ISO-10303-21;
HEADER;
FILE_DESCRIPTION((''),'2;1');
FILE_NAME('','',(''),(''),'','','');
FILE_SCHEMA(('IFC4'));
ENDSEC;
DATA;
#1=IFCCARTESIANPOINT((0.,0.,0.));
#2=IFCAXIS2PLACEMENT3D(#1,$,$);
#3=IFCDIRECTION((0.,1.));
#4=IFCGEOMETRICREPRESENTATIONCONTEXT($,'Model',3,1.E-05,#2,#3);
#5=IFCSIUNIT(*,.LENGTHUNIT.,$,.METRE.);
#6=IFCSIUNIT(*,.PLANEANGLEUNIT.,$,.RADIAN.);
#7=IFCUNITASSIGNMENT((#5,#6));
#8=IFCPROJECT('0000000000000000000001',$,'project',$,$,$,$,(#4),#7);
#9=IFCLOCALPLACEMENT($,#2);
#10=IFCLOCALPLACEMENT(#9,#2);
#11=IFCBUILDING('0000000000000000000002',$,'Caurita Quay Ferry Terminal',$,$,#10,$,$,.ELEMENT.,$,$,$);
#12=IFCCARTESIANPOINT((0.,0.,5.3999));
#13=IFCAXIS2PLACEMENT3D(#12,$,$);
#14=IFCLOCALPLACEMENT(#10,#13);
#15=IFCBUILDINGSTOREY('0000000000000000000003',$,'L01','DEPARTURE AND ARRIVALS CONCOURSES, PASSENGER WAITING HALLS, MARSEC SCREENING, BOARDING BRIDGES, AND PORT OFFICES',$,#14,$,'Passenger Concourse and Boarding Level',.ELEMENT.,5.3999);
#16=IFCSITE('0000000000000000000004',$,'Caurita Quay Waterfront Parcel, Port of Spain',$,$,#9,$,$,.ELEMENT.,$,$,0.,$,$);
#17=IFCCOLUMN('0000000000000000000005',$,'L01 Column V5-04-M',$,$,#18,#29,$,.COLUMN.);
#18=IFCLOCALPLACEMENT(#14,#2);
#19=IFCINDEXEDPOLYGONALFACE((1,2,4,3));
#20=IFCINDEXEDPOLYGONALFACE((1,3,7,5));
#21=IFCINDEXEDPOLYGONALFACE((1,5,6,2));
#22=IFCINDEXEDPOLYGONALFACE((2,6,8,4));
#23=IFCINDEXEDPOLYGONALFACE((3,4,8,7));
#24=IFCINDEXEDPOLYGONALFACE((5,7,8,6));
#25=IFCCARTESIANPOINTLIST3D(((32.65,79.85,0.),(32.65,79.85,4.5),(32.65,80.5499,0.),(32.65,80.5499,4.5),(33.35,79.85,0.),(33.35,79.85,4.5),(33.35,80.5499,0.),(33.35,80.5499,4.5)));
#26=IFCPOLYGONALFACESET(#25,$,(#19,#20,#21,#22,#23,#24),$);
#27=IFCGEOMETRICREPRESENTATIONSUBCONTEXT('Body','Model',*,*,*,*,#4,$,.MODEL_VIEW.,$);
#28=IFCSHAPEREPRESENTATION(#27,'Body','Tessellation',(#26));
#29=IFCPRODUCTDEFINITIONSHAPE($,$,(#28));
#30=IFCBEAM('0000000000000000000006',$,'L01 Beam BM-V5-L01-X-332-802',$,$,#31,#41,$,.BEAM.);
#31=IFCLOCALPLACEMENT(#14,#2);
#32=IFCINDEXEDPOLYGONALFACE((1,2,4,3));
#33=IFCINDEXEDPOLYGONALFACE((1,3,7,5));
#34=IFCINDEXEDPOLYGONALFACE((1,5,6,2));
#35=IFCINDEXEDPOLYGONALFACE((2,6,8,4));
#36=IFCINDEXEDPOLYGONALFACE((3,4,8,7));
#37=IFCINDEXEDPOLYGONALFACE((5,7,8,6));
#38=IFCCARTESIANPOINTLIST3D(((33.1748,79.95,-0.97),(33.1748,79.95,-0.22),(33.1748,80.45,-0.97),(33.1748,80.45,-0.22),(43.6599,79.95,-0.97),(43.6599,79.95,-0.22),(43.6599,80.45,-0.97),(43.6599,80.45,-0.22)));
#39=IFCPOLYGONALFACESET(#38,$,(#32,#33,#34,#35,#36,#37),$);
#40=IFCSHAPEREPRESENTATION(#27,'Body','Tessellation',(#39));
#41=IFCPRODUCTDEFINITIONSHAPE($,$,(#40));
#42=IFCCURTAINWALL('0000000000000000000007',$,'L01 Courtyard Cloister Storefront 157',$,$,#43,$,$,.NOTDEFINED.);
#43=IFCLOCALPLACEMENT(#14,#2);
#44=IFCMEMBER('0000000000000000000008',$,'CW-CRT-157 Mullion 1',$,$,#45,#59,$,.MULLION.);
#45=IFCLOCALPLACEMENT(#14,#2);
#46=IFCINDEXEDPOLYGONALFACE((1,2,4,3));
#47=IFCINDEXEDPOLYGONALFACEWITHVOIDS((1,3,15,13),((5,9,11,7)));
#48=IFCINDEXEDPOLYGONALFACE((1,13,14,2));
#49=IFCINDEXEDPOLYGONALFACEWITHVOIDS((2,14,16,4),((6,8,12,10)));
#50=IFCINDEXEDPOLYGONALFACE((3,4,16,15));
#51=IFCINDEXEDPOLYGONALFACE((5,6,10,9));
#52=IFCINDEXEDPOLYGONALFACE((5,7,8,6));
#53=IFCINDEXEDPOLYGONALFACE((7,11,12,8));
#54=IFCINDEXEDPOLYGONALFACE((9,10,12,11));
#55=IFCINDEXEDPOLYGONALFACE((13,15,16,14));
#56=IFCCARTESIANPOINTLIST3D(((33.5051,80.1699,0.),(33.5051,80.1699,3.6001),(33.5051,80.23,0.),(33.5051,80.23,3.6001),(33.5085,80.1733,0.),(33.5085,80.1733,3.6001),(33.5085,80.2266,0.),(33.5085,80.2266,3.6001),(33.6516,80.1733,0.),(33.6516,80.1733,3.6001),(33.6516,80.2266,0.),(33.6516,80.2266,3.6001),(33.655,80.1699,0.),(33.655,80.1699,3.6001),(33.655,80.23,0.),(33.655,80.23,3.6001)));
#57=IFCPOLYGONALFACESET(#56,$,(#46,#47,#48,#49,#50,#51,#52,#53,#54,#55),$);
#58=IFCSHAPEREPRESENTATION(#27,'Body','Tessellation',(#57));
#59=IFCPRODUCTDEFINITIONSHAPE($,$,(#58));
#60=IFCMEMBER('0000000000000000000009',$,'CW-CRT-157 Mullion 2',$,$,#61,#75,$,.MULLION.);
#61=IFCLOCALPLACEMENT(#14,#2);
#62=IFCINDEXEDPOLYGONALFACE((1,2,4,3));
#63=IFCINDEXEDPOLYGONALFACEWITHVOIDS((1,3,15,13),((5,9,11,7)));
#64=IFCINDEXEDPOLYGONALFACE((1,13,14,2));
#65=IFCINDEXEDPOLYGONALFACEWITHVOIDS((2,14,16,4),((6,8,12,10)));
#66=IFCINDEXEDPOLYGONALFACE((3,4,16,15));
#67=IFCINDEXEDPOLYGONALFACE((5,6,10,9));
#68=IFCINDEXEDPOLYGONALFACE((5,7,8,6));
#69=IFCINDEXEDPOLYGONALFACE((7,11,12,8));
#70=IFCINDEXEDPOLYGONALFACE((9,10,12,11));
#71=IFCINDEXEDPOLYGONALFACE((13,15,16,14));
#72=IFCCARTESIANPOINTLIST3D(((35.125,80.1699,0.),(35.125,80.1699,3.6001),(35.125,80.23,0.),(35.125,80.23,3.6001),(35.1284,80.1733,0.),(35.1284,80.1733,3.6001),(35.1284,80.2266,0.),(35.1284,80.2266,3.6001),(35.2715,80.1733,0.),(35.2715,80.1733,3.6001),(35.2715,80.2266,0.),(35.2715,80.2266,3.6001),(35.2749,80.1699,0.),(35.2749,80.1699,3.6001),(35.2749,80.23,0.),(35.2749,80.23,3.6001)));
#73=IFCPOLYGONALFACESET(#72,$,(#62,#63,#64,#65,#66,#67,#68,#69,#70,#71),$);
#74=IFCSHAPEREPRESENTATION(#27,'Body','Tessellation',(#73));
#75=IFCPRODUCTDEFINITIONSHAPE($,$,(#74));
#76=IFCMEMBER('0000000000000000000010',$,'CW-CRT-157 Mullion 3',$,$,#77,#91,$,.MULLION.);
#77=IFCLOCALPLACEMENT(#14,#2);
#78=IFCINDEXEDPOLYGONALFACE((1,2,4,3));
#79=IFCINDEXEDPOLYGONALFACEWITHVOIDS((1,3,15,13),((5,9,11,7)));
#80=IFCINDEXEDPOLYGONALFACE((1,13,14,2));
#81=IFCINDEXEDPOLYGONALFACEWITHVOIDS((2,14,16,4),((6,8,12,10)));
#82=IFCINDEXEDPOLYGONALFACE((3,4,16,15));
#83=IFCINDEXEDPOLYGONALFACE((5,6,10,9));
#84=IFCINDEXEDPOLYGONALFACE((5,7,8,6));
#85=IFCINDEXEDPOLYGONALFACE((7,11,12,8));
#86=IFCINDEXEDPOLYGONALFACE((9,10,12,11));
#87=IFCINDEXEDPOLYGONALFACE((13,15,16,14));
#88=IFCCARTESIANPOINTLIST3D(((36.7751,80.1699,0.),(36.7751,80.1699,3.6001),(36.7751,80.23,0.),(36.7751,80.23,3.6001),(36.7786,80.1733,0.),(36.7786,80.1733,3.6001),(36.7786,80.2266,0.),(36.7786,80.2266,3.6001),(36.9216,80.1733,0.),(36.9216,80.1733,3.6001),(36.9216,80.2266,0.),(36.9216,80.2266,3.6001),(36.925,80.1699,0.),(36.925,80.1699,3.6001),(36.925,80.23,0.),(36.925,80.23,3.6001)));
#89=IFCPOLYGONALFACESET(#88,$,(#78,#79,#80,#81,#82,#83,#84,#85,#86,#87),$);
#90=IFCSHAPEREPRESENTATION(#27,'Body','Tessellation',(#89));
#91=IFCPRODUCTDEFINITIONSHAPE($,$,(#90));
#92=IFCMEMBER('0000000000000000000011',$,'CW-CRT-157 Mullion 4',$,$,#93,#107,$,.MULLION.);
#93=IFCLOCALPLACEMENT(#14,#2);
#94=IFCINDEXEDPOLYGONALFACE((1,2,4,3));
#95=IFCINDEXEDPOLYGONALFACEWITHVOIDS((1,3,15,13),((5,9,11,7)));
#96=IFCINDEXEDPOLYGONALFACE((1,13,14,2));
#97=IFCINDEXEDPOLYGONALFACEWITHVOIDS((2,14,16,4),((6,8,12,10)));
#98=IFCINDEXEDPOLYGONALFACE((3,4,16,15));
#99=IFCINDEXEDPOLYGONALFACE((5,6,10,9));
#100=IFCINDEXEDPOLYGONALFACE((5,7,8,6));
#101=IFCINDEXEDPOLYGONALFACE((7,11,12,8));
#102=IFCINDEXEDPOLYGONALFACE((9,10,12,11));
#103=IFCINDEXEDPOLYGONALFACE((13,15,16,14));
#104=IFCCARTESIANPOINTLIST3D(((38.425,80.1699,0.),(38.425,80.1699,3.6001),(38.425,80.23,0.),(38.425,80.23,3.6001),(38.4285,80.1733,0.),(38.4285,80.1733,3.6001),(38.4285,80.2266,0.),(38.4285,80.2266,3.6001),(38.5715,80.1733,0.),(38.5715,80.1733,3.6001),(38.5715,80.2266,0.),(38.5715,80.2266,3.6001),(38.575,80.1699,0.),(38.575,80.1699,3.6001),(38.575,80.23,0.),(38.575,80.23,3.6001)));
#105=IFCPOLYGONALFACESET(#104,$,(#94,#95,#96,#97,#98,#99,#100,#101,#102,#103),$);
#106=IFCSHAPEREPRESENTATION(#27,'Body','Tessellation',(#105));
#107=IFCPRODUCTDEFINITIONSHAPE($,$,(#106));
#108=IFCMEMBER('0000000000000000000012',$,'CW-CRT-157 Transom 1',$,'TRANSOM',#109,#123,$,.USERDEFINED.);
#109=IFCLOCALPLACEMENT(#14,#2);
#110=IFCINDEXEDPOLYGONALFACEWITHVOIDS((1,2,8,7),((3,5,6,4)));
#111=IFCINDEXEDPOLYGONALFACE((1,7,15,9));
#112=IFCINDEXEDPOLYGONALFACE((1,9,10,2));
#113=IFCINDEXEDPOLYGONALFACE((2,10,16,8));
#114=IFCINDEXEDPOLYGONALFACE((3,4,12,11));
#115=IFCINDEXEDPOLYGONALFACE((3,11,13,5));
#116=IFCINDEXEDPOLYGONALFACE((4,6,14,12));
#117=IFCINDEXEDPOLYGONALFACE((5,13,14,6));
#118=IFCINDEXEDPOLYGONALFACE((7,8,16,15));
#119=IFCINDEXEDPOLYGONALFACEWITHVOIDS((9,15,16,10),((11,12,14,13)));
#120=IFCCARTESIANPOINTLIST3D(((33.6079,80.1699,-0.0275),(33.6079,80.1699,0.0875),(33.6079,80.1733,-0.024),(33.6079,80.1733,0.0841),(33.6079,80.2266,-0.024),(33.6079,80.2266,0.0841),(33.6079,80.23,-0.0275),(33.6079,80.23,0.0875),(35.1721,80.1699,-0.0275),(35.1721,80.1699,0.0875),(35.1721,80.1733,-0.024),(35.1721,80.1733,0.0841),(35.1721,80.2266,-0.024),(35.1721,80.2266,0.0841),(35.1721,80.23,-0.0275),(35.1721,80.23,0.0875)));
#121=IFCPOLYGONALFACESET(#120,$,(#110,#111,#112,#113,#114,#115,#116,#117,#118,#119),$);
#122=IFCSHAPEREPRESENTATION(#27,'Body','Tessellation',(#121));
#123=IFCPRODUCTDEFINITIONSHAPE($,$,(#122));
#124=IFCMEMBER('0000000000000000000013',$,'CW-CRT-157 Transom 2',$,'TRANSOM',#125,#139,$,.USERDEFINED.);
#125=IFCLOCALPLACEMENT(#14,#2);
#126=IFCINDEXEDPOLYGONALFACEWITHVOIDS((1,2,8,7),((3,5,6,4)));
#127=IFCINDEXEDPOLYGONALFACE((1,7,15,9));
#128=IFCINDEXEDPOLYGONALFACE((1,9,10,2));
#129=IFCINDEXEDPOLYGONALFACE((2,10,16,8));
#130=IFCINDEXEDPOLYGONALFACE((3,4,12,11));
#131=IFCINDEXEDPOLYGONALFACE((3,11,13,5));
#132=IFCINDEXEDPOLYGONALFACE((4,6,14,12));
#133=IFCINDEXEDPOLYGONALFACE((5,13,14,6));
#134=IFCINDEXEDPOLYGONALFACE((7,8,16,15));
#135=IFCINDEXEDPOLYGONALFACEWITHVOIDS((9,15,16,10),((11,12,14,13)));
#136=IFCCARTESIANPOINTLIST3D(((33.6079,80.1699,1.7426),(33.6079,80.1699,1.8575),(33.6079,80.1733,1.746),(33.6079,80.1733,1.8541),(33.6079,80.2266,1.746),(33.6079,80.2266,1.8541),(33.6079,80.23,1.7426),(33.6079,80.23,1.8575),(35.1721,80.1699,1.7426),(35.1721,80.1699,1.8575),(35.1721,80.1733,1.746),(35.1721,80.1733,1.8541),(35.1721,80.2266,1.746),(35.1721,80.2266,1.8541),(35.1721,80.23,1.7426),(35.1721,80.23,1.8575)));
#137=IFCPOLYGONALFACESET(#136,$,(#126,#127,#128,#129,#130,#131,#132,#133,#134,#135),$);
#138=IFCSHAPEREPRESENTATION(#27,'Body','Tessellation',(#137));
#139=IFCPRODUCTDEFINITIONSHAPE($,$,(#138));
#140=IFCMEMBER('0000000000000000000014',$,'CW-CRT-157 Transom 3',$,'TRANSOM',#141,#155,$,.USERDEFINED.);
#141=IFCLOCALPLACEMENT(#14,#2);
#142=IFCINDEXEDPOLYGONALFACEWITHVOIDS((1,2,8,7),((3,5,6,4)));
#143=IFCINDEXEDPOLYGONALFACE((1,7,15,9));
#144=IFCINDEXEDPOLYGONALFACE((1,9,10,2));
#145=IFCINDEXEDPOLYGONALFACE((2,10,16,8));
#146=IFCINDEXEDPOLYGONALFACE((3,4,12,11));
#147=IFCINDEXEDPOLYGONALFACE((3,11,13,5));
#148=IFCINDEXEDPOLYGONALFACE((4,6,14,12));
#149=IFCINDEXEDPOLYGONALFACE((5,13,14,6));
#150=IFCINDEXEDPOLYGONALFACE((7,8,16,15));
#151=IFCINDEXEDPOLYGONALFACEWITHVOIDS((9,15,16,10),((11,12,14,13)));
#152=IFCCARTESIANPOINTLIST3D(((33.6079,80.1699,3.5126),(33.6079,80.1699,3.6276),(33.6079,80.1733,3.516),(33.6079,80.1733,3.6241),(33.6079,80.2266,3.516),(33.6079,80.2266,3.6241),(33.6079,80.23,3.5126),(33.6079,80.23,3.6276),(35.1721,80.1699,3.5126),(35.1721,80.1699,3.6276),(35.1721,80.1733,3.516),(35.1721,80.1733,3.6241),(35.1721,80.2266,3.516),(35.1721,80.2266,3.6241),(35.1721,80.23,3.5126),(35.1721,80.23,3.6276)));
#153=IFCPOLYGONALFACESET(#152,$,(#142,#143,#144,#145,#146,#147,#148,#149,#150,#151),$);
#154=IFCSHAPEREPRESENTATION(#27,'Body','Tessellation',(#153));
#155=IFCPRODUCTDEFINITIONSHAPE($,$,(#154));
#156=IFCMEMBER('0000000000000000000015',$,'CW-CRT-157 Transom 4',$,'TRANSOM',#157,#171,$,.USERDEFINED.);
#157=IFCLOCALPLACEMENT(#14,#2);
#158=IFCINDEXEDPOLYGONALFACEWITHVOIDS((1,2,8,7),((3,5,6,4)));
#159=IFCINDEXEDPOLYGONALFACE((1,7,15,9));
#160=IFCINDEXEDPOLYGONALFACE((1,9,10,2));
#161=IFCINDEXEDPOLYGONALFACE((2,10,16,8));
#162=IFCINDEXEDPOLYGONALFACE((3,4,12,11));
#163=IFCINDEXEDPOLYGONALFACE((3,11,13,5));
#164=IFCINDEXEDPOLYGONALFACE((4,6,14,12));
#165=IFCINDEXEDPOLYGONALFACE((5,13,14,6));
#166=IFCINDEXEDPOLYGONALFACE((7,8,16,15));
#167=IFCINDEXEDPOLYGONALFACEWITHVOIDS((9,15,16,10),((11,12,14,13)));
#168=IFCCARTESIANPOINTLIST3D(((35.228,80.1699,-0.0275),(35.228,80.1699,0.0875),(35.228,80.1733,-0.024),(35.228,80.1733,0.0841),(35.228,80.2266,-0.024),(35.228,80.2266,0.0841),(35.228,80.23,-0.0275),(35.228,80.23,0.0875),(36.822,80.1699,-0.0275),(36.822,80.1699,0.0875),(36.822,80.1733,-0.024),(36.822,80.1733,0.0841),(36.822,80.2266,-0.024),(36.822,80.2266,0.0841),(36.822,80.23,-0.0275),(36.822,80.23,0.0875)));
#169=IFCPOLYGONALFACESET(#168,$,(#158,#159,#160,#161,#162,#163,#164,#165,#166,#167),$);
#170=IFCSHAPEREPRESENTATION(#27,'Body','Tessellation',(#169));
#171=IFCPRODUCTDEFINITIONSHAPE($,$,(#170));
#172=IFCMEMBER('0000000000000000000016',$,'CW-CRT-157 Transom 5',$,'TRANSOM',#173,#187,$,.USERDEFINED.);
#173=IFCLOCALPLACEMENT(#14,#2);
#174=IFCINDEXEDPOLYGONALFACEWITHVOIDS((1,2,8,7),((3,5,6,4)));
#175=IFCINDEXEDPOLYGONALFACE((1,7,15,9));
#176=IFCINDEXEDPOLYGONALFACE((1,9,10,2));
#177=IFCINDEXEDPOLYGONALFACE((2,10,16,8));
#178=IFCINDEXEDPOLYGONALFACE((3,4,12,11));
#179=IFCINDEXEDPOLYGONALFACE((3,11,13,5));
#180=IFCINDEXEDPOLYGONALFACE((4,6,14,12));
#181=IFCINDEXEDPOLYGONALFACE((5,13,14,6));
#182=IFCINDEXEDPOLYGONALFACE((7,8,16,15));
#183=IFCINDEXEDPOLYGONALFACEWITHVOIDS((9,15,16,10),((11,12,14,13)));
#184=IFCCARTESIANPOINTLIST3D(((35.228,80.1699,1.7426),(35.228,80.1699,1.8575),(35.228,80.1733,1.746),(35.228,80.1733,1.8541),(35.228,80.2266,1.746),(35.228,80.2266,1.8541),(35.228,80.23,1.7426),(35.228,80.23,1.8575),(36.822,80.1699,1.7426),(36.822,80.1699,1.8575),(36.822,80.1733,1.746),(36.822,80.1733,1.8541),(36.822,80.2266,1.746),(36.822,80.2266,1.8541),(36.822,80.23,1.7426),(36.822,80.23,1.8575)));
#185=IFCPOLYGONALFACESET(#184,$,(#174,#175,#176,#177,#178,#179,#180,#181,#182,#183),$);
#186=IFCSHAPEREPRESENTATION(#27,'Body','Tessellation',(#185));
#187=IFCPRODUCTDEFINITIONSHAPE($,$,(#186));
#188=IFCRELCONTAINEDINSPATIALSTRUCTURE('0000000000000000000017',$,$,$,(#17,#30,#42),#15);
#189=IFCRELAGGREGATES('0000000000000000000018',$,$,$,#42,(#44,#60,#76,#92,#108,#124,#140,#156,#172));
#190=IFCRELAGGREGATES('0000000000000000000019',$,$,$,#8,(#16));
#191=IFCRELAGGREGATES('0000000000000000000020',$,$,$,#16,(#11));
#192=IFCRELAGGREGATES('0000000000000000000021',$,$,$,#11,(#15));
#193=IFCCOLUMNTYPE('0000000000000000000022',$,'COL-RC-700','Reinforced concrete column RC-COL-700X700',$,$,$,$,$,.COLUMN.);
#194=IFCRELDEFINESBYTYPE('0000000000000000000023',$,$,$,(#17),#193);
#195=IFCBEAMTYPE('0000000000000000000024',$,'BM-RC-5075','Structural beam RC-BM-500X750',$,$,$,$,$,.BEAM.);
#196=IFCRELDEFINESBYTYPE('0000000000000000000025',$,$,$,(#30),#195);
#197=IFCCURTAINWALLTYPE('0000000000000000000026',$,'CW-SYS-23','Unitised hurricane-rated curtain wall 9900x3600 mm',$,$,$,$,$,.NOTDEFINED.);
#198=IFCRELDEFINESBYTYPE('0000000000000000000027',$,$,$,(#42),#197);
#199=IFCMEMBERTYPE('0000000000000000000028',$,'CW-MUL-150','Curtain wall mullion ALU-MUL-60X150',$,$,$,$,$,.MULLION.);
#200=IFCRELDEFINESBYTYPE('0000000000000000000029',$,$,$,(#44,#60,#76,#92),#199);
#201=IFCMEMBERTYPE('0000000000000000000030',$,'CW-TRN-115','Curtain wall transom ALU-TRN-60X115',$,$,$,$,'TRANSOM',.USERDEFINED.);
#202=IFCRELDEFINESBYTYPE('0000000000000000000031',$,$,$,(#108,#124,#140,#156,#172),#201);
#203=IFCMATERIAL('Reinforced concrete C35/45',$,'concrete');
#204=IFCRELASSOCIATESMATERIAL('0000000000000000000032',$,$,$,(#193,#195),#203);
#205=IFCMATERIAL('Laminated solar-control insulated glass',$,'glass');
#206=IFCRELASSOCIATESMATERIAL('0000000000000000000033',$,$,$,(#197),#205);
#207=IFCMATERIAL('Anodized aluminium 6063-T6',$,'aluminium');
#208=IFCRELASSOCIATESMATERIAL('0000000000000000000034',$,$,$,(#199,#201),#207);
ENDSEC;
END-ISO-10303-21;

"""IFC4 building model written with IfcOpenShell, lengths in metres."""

from ifc_helpers import new_model, si_unit, direction, frame, origin, origin_2d, place, context, subcontext, project, spatial, rectangle, hollow_rectangle, extrude, material, material_profile, profile_set, type_object, element, aggregate, save


model = new_model("IFC4")

# Units and contexts
model_context = context("Model", 3, precision=1e-05, world=origin(), true_north=direction((0.0, 1.0)))
body_context = subcontext(model_context, "Body", "Model", "MODEL_VIEW")
ifc_project = project(units=[si_unit("LENGTHUNIT", "METRE"), si_unit("PLANEANGLEUNIT", "RADIAN")], contexts=[model_context])

# Site, building, storey
site_placement = place(None, origin())
site = spatial("IfcSite", under=ifc_project, at=site_placement, Name="Caurita Quay Waterfront Parcel, Port of Spain", CompositionType="ELEMENT", RefElevation=0.0)
building_placement = place(site_placement, origin())
building = spatial("IfcBuilding", under=site, at=building_placement, Name="Caurita Quay Ferry Terminal", CompositionType="ELEMENT")
storey_placement = place(building_placement, frame((0.0, 0.0, 5.3999)))
storey = spatial("IfcBuildingStorey", under=building, at=storey_placement, Name="L01", Description="DEPARTURE AND ARRIVALS CONCOURSES, PASSENGER WAITING HALLS, MARSEC SCREENING, BOARDING BRIDGES, AND PORT OFFICES", LongName="Passenger Concourse and Boarding Level", CompositionType="ELEMENT", Elevation=5.3999)

# Column
ifc_material_1 = material(Name="Reinforced concrete C35/45", Category="concrete")
ifc_material_profile_1 = material_profile(ifc_material_1, rectangle(XDim=0.7, YDim=0.7, at=origin_2d()), Name="RC-COL-700X700")
ifc_profile_set_1 = profile_set([ifc_material_profile_1], Name="Reinforced concrete C35/45")
column_type = type_object("IfcColumnType", Name="COL-RC-700", Description="Reinforced concrete column RC-COL-700X700", PredefinedType="COLUMN", material=ifc_profile_set_1)
column_placement = place(storey_placement, frame((33.0, 80.2, 0.0), z_axis=(0.0, 0.0, 1.0), x_axis=(1.0, 0.0, 0.0)))
element("IfcColumn", 1, at=column_placement, inside=storey, type_object=column_type, Name="L01 Column V5-04-M", PredefinedType="COLUMN", context=body_context, shape_type="SweptSolid", body=[
    extrude(rectangle(XDim=0.7, YDim=0.7, at=origin_2d()), origin(), (0.0, 0.0, 1.0), 4.5),
])

# Beam
ifc_material_profile_2 = material_profile(ifc_material_1, rectangle(XDim=0.5, YDim=0.75, at=origin_2d()), Name="RC-BM-500X750")
ifc_profile_set_2 = profile_set([ifc_material_profile_2], Name="Reinforced concrete C35/45")
beam_type = type_object("IfcBeamType", Name="BM-RC-5075", Description="Structural beam RC-BM-500X750", PredefinedType="BEAM", material=ifc_profile_set_2)
beam_placement = place(storey_placement, frame((33.1748, 80.2, -0.595), z_axis=(1.0, 0.0, 0.0), x_axis=(0.0, 1.0, 0.0)))
element("IfcBeam", 2, at=beam_placement, inside=storey, type_object=beam_type, Name="L01 Beam BM-V5-L01-X-332-802", PredefinedType="BEAM", context=body_context, shape_type="SweptSolid", body=[
    extrude(rectangle(XDim=0.5, YDim=0.75, at=origin_2d()), origin(), (0.0, 0.0, 1.0), 10.4851),
])

# Curtain wall, members
ifc_material_2 = material(Name="Laminated solar-control insulated glass", Category="glass")
curtain_wall_type = type_object("IfcCurtainWallType", Name="CW-SYS-23", Description="Unitised hurricane-rated curtain wall 9900x3600 mm", PredefinedType="NOTDEFINED", material=ifc_material_2)
curtain_wall_placement = place(storey_placement, origin())
curtain_wall = element("IfcCurtainWall", 3, at=curtain_wall_placement, inside=storey, type_object=curtain_wall_type, Name="L01 Courtyard Cloister Storefront 157", PredefinedType="NOTDEFINED")
ifc_material_3 = material(Name="Anodized aluminium 6063-T6", Category="aluminium")
ifc_material_profile_3 = material_profile(ifc_material_3, hollow_rectangle(XDim=0.0601, YDim=0.1499, WallThickness=0.0034, at=origin_2d()), Name="ALU-MUL-60X150")
ifc_profile_set_3 = profile_set([ifc_material_profile_3], Name="Anodized aluminium 6063-T6")
member_type_1 = type_object("IfcMemberType", Name="CW-MUL-150", Description="Curtain wall mullion ALU-MUL-60X150", PredefinedType="MULLION", material=ifc_profile_set_3)
member_1_placement = place(storey_placement, frame((33.5801, 80.2, 0.0), z_axis=(0.0, 0.0, 1.0), x_axis=(0.0, 1.0, 0.0)))
member_1 = element("IfcMember", 4, at=member_1_placement, type_object=member_type_1, Name="CW-CRT-157 Mullion 1", PredefinedType="MULLION", context=body_context, shape_type="SweptSolid", body=[
    extrude(hollow_rectangle(XDim=0.0601, YDim=0.1499, WallThickness=0.0034, at=origin_2d()), origin(), (0.0, 0.0, 1.0), 3.6001),
])
member_2_placement = place(storey_placement, frame((35.2, 80.2, 0.0), z_axis=(0.0, 0.0, 1.0), x_axis=(0.0, 1.0, 0.0)))
member_2 = element("IfcMember", 5, at=member_2_placement, type_object=member_type_1, Name="CW-CRT-157 Mullion 2", PredefinedType="MULLION", context=body_context, shape_type="SweptSolid", body=[
    extrude(hollow_rectangle(XDim=0.0601, YDim=0.1499, WallThickness=0.0034, at=origin_2d()), origin(), (0.0, 0.0, 1.0), 3.6001),
])
member_3_placement = place(storey_placement, frame((36.8501, 80.2, 0.0), z_axis=(0.0, 0.0, 1.0), x_axis=(0.0, 1.0, 0.0)))
member_3 = element("IfcMember", 6, at=member_3_placement, type_object=member_type_1, Name="CW-CRT-157 Mullion 3", PredefinedType="MULLION", context=body_context, shape_type="SweptSolid", body=[
    extrude(hollow_rectangle(XDim=0.0601, YDim=0.1499, WallThickness=0.0034, at=origin_2d()), origin(), (0.0, 0.0, 1.0), 3.6001),
])
member_4_placement = place(storey_placement, frame((38.5, 80.2, 0.0), z_axis=(0.0, 0.0, 1.0), x_axis=(0.0, 1.0, 0.0)))
member_4 = element("IfcMember", 7, at=member_4_placement, type_object=member_type_1, Name="CW-CRT-157 Mullion 4", PredefinedType="MULLION", context=body_context, shape_type="SweptSolid", body=[
    extrude(hollow_rectangle(XDim=0.0601, YDim=0.1499, WallThickness=0.0034, at=origin_2d()), origin(), (0.0, 0.0, 1.0), 3.6001),
])
ifc_material_profile_4 = material_profile(ifc_material_3, hollow_rectangle(XDim=0.0601, YDim=0.115, WallThickness=0.0034, at=origin_2d()), Name="ALU-TRN-60X115")
ifc_profile_set_4 = profile_set([ifc_material_profile_4], Name="Anodized aluminium 6063-T6")
member_type_2 = type_object("IfcMemberType", Name="CW-TRN-115", Description="Curtain wall transom ALU-TRN-60X115", ElementType="TRANSOM", PredefinedType="USERDEFINED", material=ifc_profile_set_4)
member_5_placement = place(storey_placement, frame((33.6079, 80.2, 0.03), z_axis=(1.0, 0.0, 0.0), x_axis=(0.0, 1.0, 0.0)))
member_5 = element("IfcMember", 8, at=member_5_placement, type_object=member_type_2, Name="CW-CRT-157 Transom 1", ObjectType="TRANSOM", PredefinedType="USERDEFINED", context=body_context, shape_type="SweptSolid", body=[
    extrude(hollow_rectangle(XDim=0.0601, YDim=0.115, WallThickness=0.0034, at=origin_2d()), origin(), (0.0, 0.0, 1.0), 1.5642),
])
member_6_placement = place(storey_placement, frame((33.6079, 80.2, 1.8), z_axis=(1.0, 0.0, 0.0), x_axis=(0.0, 1.0, 0.0)))
member_6 = element("IfcMember", 9, at=member_6_placement, type_object=member_type_2, Name="CW-CRT-157 Transom 2", ObjectType="TRANSOM", PredefinedType="USERDEFINED", context=body_context, shape_type="SweptSolid", body=[
    extrude(hollow_rectangle(XDim=0.0601, YDim=0.115, WallThickness=0.0034, at=origin_2d()), origin(), (0.0, 0.0, 1.0), 1.5642),
])
member_7_placement = place(storey_placement, frame((33.6079, 80.2, 3.5701), z_axis=(1.0, 0.0, 0.0), x_axis=(0.0, 1.0, 0.0)))
member_7 = element("IfcMember", 10, at=member_7_placement, type_object=member_type_2, Name="CW-CRT-157 Transom 3", ObjectType="TRANSOM", PredefinedType="USERDEFINED", context=body_context, shape_type="SweptSolid", body=[
    extrude(hollow_rectangle(XDim=0.0601, YDim=0.115, WallThickness=0.0034, at=origin_2d()), origin(), (0.0, 0.0, 1.0), 1.5642),
])
member_8_placement = place(storey_placement, frame((35.228, 80.2, 0.03), z_axis=(1.0, 0.0, 0.0), x_axis=(0.0, 1.0, 0.0)))
member_8 = element("IfcMember", 11, at=member_8_placement, type_object=member_type_2, Name="CW-CRT-157 Transom 4", ObjectType="TRANSOM", PredefinedType="USERDEFINED", context=body_context, shape_type="SweptSolid", body=[
    extrude(hollow_rectangle(XDim=0.0601, YDim=0.115, WallThickness=0.0034, at=origin_2d()), origin(), (0.0, 0.0, 1.0), 1.594),
])
member_9_placement = place(storey_placement, frame((35.228, 80.2, 1.8), z_axis=(1.0, 0.0, 0.0), x_axis=(0.0, 1.0, 0.0)))
member_9 = element("IfcMember", 12, at=member_9_placement, type_object=member_type_2, Name="CW-CRT-157 Transom 5", ObjectType="TRANSOM", PredefinedType="USERDEFINED", context=body_context, shape_type="SweptSolid", body=[
    extrude(hollow_rectangle(XDim=0.0601, YDim=0.115, WallThickness=0.0034, at=origin_2d()), origin(), (0.0, 0.0, 1.0), 1.594),
])
aggregate(curtain_wall, [member_1, member_2, member_3, member_4, member_5, member_6, member_7, member_8, member_9])

save(model, "model.ifc")
